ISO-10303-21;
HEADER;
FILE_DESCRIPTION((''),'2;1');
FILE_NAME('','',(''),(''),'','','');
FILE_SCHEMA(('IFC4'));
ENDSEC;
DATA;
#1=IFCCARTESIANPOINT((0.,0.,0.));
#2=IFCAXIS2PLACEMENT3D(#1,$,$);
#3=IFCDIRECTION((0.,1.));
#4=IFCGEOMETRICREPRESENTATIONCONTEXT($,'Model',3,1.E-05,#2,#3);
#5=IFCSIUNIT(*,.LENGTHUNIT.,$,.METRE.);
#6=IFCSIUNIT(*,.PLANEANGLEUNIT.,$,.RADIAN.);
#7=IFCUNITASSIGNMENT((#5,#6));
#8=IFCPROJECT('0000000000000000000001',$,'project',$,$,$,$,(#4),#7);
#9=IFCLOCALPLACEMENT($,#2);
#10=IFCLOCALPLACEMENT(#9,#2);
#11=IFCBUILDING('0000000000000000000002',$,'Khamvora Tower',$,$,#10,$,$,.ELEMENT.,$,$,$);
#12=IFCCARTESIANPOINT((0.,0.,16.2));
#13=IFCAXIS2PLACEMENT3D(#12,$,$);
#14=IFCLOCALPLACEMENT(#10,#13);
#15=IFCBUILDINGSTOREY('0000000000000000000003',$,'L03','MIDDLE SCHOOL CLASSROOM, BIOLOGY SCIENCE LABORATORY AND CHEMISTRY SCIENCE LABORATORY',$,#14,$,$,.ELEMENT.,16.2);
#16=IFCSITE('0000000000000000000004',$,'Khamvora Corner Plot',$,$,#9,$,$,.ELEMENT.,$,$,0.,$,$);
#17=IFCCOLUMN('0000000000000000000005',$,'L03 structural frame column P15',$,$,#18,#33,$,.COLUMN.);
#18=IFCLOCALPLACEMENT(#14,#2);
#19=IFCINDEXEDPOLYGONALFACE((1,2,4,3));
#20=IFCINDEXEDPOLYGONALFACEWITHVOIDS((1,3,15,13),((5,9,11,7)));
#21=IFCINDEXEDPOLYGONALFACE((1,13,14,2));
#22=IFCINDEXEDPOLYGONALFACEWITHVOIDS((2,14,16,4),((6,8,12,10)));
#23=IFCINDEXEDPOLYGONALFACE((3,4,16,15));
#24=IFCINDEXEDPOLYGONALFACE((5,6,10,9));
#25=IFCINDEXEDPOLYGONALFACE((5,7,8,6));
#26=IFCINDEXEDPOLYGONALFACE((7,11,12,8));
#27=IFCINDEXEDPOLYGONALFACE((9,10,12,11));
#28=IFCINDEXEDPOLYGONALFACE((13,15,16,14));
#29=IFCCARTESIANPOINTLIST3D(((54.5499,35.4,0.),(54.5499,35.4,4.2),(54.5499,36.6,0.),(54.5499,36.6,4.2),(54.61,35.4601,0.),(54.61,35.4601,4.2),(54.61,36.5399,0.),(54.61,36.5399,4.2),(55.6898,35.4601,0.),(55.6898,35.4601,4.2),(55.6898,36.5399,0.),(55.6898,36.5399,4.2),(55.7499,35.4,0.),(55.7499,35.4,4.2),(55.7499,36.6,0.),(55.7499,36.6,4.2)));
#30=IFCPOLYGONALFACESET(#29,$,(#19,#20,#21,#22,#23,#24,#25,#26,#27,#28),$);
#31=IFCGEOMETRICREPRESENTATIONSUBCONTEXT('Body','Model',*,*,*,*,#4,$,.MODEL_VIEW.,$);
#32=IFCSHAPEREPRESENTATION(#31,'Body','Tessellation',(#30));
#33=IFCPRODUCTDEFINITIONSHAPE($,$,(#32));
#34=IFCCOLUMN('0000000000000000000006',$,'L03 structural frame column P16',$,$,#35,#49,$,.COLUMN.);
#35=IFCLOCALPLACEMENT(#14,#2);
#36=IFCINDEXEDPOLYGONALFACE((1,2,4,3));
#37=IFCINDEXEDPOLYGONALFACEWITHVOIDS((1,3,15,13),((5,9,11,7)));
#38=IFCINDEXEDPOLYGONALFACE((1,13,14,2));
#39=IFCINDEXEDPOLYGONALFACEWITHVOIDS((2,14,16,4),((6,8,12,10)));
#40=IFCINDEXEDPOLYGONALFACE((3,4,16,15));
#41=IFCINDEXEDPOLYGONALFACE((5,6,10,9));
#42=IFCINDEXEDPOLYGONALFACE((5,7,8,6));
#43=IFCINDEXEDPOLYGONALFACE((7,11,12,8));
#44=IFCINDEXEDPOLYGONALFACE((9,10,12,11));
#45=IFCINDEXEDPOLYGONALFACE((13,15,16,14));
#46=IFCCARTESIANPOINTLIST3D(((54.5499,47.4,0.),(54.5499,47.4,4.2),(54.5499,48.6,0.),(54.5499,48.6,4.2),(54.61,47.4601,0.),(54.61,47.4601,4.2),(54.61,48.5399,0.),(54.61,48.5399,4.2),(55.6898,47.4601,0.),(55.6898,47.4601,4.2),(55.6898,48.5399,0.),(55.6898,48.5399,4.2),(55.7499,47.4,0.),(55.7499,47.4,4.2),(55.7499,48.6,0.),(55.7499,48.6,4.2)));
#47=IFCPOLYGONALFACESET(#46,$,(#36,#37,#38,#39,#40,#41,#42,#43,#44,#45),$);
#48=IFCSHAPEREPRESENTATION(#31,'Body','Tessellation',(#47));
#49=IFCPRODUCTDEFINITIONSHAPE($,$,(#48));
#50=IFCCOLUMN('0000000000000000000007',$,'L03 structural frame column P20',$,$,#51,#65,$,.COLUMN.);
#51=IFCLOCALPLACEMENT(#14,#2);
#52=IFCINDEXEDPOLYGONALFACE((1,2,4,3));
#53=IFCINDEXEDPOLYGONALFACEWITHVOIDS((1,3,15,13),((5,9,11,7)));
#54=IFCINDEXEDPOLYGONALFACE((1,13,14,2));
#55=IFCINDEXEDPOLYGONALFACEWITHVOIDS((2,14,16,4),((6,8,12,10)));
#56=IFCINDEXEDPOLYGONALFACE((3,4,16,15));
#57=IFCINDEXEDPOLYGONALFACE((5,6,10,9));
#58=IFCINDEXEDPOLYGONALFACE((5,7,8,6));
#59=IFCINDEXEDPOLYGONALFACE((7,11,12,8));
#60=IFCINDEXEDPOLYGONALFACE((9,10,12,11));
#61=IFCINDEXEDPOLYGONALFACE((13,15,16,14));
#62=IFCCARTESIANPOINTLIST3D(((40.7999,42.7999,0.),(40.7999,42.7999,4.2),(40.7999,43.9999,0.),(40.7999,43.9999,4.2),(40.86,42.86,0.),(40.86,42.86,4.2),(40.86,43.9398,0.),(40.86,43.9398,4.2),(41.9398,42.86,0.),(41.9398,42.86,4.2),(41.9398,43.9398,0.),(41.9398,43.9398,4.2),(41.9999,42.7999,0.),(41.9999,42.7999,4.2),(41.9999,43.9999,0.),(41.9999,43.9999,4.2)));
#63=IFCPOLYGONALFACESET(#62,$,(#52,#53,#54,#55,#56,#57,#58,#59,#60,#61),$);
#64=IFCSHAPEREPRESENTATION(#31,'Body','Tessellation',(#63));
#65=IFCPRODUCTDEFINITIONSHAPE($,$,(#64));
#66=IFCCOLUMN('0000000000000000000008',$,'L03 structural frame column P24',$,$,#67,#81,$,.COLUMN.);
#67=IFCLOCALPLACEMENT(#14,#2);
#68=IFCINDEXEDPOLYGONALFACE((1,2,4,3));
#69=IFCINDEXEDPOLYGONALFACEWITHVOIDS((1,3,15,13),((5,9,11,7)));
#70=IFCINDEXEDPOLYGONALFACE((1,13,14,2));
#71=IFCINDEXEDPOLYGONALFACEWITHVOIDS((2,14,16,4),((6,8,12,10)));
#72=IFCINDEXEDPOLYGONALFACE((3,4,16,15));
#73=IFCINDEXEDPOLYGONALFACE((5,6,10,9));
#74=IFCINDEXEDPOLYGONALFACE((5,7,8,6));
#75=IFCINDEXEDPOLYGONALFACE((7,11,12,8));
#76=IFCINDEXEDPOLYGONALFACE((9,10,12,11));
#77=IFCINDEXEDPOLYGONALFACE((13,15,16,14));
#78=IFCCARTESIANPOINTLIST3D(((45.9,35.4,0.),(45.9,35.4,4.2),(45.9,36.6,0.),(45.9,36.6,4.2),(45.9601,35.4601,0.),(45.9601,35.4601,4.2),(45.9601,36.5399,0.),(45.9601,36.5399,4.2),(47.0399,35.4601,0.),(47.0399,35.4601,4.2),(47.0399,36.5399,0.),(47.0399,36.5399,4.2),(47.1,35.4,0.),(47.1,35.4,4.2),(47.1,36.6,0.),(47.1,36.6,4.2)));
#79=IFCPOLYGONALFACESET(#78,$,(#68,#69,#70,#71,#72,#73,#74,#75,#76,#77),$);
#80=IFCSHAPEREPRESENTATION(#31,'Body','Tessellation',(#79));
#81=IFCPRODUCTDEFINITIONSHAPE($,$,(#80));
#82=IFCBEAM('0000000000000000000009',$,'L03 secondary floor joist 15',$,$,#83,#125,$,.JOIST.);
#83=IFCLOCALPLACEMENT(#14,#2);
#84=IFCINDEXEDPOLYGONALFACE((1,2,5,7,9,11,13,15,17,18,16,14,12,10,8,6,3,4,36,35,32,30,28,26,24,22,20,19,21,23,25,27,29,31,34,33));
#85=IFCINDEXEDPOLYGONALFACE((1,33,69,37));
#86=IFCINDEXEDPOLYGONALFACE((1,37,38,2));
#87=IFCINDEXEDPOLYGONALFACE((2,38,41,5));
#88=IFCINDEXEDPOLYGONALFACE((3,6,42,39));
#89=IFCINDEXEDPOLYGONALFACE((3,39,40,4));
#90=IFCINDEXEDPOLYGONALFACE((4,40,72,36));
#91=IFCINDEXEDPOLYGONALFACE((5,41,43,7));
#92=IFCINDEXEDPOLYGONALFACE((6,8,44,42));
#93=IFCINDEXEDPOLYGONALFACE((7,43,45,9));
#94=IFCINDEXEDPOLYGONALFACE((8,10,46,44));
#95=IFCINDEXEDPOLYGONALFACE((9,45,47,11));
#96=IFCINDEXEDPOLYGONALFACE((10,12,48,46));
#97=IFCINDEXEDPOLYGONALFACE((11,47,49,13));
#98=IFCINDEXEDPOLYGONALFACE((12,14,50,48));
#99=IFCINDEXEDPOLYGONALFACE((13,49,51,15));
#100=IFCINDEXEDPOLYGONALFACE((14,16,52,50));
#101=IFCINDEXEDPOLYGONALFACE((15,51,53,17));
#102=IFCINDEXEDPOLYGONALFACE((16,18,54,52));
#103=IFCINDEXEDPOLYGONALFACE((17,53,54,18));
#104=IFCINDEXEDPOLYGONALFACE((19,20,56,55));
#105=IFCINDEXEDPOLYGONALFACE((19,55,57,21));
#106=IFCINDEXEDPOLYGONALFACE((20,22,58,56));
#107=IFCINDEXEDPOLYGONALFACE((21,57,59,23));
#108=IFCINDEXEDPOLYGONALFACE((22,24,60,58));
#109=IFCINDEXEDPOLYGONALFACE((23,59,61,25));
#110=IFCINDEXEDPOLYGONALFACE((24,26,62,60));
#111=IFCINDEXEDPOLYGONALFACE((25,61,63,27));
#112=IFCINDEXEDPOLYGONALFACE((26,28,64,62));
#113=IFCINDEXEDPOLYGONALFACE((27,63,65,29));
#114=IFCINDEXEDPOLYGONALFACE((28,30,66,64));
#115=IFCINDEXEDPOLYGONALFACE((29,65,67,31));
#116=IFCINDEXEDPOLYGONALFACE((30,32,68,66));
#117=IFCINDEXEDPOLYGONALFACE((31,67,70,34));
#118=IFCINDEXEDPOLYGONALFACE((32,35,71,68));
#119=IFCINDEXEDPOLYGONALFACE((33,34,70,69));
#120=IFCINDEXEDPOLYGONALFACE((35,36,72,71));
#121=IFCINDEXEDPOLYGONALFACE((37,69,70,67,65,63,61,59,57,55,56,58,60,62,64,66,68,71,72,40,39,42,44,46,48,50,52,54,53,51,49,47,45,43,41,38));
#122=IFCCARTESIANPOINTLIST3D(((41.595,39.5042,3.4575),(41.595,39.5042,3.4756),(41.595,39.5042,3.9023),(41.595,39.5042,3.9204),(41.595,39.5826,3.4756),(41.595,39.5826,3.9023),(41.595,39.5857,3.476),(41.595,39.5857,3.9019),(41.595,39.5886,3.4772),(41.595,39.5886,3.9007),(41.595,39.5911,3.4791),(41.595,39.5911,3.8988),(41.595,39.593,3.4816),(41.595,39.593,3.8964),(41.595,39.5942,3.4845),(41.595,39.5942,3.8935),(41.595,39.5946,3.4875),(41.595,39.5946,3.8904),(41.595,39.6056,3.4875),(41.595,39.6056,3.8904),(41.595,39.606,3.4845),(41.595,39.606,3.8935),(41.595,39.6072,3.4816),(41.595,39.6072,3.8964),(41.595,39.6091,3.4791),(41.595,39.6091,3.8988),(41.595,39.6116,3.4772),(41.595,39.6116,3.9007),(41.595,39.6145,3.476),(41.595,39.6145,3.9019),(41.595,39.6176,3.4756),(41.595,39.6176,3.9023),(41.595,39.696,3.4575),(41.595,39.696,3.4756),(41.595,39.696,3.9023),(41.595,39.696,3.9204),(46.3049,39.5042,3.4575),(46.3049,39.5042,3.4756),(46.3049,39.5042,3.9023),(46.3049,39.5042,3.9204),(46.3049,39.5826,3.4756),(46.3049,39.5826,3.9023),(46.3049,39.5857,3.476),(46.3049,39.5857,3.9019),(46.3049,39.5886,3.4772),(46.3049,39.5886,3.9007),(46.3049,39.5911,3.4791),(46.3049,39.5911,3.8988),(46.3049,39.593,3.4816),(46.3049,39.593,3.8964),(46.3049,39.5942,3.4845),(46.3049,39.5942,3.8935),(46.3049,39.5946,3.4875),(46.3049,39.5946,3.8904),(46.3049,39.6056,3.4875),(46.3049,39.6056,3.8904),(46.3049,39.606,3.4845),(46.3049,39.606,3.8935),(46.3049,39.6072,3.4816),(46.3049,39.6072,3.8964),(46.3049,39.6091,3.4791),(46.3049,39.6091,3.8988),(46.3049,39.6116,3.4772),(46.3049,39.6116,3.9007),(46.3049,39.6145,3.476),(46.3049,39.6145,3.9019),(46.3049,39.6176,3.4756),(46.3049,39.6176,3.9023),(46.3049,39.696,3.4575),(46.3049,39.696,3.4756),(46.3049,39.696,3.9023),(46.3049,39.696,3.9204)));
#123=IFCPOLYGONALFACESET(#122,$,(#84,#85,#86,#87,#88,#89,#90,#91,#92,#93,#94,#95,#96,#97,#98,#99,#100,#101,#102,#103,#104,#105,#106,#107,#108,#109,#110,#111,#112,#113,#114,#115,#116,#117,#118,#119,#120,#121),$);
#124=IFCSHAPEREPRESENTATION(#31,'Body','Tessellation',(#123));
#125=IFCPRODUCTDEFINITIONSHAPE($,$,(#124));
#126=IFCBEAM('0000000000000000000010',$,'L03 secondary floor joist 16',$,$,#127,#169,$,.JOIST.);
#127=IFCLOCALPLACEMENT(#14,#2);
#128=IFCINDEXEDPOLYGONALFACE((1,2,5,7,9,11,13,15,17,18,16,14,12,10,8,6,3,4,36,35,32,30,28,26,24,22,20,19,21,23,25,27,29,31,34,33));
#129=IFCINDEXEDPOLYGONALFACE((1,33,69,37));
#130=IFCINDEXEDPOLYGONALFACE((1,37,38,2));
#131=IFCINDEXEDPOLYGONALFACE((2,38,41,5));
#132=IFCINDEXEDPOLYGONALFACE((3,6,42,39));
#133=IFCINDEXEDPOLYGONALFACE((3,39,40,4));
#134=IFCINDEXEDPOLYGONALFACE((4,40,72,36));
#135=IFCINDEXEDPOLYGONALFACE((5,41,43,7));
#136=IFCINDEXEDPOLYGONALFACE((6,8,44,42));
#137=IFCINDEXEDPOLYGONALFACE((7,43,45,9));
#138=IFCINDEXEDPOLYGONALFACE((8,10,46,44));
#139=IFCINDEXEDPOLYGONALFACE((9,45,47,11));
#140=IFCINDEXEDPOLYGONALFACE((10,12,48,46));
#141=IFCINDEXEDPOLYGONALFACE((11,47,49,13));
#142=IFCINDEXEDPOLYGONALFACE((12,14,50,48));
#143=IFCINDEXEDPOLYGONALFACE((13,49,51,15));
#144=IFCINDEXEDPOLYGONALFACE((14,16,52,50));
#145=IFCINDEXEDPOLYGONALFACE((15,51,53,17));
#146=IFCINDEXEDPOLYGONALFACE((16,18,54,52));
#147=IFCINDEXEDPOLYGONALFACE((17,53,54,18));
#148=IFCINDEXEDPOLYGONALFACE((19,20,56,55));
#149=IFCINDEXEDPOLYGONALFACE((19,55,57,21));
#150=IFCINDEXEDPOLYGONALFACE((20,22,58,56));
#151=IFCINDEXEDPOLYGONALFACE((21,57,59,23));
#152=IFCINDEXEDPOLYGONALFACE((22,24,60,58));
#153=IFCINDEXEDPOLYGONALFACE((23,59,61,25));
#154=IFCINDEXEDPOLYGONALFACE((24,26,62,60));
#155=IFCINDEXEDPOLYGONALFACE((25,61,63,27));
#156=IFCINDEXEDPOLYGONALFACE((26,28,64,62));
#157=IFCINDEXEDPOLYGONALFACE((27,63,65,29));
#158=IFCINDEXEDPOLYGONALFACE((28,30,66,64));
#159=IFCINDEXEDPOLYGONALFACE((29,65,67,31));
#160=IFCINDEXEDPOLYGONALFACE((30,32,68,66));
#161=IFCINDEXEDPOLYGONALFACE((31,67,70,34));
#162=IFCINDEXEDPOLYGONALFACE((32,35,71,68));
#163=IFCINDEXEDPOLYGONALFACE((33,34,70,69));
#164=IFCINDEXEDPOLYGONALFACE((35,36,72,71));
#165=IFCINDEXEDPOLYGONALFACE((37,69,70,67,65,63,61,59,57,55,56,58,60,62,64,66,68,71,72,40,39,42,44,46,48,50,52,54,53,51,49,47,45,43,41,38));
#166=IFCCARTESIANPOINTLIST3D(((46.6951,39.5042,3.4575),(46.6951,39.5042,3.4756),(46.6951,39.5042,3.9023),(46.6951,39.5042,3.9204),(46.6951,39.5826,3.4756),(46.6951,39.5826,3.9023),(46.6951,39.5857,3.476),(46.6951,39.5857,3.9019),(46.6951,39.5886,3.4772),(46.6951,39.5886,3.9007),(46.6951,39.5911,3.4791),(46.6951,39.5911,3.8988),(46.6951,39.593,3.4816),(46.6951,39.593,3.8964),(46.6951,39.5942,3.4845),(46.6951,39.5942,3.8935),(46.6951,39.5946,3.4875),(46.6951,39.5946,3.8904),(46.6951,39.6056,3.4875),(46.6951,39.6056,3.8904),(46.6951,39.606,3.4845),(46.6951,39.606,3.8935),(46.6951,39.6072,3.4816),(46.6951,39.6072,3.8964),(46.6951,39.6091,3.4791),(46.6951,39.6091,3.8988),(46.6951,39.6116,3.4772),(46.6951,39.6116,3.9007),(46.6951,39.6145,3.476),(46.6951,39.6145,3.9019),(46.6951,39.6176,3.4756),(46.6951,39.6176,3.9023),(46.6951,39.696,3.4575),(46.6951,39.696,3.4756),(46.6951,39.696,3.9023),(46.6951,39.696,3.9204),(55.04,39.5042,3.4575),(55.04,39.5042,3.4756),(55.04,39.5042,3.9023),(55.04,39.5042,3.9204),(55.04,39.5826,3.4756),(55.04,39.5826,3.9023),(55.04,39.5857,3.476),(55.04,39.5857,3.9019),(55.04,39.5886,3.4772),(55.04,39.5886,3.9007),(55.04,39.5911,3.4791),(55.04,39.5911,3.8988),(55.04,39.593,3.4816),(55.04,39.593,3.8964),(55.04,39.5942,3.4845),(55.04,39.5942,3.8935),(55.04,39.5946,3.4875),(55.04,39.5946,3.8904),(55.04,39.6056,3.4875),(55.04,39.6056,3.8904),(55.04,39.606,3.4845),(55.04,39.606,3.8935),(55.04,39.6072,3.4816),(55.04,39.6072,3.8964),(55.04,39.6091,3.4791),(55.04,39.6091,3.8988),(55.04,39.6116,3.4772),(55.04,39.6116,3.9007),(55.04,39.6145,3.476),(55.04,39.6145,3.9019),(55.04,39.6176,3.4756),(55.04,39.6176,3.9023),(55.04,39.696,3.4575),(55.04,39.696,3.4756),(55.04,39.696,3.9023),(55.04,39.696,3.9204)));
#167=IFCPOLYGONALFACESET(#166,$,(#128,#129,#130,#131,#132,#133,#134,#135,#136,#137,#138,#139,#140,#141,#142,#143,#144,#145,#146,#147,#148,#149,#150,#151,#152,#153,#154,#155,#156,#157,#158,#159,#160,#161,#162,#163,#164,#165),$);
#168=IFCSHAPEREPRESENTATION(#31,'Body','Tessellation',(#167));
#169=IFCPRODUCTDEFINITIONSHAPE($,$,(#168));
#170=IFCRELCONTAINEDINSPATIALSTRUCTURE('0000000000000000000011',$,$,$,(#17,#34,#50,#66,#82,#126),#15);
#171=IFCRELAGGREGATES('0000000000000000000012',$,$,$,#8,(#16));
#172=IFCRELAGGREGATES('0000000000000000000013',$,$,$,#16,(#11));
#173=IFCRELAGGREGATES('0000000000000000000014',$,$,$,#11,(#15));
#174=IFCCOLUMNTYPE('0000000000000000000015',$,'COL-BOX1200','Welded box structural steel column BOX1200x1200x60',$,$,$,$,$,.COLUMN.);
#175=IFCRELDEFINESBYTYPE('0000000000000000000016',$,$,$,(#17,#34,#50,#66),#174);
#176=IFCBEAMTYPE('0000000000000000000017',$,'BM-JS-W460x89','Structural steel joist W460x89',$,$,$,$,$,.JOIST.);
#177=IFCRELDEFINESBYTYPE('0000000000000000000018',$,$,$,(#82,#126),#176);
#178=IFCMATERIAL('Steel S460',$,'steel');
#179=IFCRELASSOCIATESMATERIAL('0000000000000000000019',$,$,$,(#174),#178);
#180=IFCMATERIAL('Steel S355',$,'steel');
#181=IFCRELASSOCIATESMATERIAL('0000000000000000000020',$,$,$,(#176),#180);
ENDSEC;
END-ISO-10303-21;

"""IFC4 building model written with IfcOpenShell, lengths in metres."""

from ifc_helpers import new_model, si_unit, direction, frame, origin, origin_2d, place, context, subcontext, project, spatial, hollow_rectangle, i_section, extrude, material, material_profile, profile_set, type_object, element, save


model = new_model("IFC4")

# Units and contexts
model_context = context("Model", 3, precision=1e-05, world=origin(), true_north=direction((0.0, 1.0)))
body_context = subcontext(model_context, "Body", "Model", "MODEL_VIEW")
ifc_project = project(units=[si_unit("LENGTHUNIT", "METRE"), si_unit("PLANEANGLEUNIT", "RADIAN")], contexts=[model_context])

# Site, building, storey
site_placement = place(None, origin())
site = spatial("IfcSite", under=ifc_project, at=site_placement, Name="Khamvora Corner Plot", CompositionType="ELEMENT", RefElevation=0.0)
building_placement = place(site_placement, origin())
building = spatial("IfcBuilding", under=site, at=building_placement, Name="Khamvora Tower", CompositionType="ELEMENT")
storey_placement = place(building_placement, frame((0.0, 0.0, 16.2)))
storey = spatial("IfcBuildingStorey", under=building, at=storey_placement, Name="L03", Description="MIDDLE SCHOOL CLASSROOM, BIOLOGY SCIENCE LABORATORY AND CHEMISTRY SCIENCE LABORATORY", CompositionType="ELEMENT", Elevation=16.2)

# Columns
ifc_material_1 = material(Name="Steel S460", Category="steel")
ifc_material_profile_1 = material_profile(ifc_material_1, hollow_rectangle(XDim=1.2, YDim=1.2, WallThickness=0.0601, at=origin_2d()), Name="BOX1200x1200x60")
ifc_profile_set_1 = profile_set([ifc_material_profile_1], Name="Steel S460")
column_type = type_object("IfcColumnType", Name="COL-BOX1200", Description="Welded box structural steel column BOX1200x1200x60", PredefinedType="COLUMN", material=ifc_profile_set_1)
for number, where, z_axis, x_axis, name in (
    (1, (55.1499, 36.0, 0.0), (0.0, 0.0, 1.0), (1.0, 0.0, 0.0), "L03 structural frame column P15"),
    (2, (55.1499, 48.0, 0.0), (0.0, 0.0, 1.0), (1.0, 0.0, 0.0), "L03 structural frame column P16"),
    (3, (41.3999, 43.3999, 0.0), (0.0, 0.0, 1.0), (1.0, 0.0, 0.0), "L03 structural frame column P20"),
    (4, (46.5, 36.0, 0.0), (0.0, 0.0, 1.0), (1.0, 0.0, 0.0), "L03 structural frame column P24"),
):
    element("IfcColumn", number, at=place(storey_placement, frame(where, z_axis=z_axis, x_axis=x_axis)), inside=storey, type_object=column_type, Name=name, PredefinedType="COLUMN", context=body_context, shape_type="SweptSolid", body=[
        extrude(hollow_rectangle(XDim=1.2, YDim=1.2, WallThickness=0.0601, at=origin_2d()), origin(), (0.0, 0.0, 1.0), 4.2),
    ])

# Beams
ifc_material_2 = material(Name="Steel S355", Category="steel")
ifc_material_profile_2 = material_profile(ifc_material_2, i_section(OverallWidth=0.1919, OverallDepth=0.4629, WebThickness=0.011, FlangeThickness=0.0181, FilletRadius=0.012, at=origin_2d()), Name="W460x89")
ifc_profile_set_2 = profile_set([ifc_material_profile_2], Name="Steel S355")
beam_type_1 = type_object("IfcBeamType", Name="BM-JS-W460x89", Description="Structural steel joist W460x89", PredefinedType="JOIST", material=ifc_profile_set_2)
beam_1_placement = place(storey_placement, frame((41.595, 39.6001, 3.689), z_axis=(1.0, 0.0, 0.0), x_axis=(0.0, 1.0, 0.0)))
element("IfcBeam", 5, at=beam_1_placement, inside=storey, type_object=beam_type_1, Name="L03 secondary floor joist 15", PredefinedType="JOIST", context=body_context, shape_type="SweptSolid", body=[
    extrude(i_section(OverallWidth=0.1919, OverallDepth=0.4629, WebThickness=0.011, FlangeThickness=0.0181, FilletRadius=0.012, at=origin_2d()), origin(), (0.0, 0.0, 1.0), 4.71),
])
beam_2_placement = place(storey_placement, frame((46.6951, 39.6001, 3.689), z_axis=(1.0, 0.0, 0.0), x_axis=(0.0, 1.0, 0.0)))
element("IfcBeam", 6, at=beam_2_placement, inside=storey, type_object=beam_type_1, Name="L03 secondary floor joist 16", PredefinedType="JOIST", context=body_context, shape_type="SweptSolid", body=[
    extrude(i_section(OverallWidth=0.1919, OverallDepth=0.4629, WebThickness=0.011, FlangeThickness=0.0181, FilletRadius=0.012, at=origin_2d()), origin(), (0.0, 0.0, 1.0), 8.345),
])

save(model, "model.ifc")
